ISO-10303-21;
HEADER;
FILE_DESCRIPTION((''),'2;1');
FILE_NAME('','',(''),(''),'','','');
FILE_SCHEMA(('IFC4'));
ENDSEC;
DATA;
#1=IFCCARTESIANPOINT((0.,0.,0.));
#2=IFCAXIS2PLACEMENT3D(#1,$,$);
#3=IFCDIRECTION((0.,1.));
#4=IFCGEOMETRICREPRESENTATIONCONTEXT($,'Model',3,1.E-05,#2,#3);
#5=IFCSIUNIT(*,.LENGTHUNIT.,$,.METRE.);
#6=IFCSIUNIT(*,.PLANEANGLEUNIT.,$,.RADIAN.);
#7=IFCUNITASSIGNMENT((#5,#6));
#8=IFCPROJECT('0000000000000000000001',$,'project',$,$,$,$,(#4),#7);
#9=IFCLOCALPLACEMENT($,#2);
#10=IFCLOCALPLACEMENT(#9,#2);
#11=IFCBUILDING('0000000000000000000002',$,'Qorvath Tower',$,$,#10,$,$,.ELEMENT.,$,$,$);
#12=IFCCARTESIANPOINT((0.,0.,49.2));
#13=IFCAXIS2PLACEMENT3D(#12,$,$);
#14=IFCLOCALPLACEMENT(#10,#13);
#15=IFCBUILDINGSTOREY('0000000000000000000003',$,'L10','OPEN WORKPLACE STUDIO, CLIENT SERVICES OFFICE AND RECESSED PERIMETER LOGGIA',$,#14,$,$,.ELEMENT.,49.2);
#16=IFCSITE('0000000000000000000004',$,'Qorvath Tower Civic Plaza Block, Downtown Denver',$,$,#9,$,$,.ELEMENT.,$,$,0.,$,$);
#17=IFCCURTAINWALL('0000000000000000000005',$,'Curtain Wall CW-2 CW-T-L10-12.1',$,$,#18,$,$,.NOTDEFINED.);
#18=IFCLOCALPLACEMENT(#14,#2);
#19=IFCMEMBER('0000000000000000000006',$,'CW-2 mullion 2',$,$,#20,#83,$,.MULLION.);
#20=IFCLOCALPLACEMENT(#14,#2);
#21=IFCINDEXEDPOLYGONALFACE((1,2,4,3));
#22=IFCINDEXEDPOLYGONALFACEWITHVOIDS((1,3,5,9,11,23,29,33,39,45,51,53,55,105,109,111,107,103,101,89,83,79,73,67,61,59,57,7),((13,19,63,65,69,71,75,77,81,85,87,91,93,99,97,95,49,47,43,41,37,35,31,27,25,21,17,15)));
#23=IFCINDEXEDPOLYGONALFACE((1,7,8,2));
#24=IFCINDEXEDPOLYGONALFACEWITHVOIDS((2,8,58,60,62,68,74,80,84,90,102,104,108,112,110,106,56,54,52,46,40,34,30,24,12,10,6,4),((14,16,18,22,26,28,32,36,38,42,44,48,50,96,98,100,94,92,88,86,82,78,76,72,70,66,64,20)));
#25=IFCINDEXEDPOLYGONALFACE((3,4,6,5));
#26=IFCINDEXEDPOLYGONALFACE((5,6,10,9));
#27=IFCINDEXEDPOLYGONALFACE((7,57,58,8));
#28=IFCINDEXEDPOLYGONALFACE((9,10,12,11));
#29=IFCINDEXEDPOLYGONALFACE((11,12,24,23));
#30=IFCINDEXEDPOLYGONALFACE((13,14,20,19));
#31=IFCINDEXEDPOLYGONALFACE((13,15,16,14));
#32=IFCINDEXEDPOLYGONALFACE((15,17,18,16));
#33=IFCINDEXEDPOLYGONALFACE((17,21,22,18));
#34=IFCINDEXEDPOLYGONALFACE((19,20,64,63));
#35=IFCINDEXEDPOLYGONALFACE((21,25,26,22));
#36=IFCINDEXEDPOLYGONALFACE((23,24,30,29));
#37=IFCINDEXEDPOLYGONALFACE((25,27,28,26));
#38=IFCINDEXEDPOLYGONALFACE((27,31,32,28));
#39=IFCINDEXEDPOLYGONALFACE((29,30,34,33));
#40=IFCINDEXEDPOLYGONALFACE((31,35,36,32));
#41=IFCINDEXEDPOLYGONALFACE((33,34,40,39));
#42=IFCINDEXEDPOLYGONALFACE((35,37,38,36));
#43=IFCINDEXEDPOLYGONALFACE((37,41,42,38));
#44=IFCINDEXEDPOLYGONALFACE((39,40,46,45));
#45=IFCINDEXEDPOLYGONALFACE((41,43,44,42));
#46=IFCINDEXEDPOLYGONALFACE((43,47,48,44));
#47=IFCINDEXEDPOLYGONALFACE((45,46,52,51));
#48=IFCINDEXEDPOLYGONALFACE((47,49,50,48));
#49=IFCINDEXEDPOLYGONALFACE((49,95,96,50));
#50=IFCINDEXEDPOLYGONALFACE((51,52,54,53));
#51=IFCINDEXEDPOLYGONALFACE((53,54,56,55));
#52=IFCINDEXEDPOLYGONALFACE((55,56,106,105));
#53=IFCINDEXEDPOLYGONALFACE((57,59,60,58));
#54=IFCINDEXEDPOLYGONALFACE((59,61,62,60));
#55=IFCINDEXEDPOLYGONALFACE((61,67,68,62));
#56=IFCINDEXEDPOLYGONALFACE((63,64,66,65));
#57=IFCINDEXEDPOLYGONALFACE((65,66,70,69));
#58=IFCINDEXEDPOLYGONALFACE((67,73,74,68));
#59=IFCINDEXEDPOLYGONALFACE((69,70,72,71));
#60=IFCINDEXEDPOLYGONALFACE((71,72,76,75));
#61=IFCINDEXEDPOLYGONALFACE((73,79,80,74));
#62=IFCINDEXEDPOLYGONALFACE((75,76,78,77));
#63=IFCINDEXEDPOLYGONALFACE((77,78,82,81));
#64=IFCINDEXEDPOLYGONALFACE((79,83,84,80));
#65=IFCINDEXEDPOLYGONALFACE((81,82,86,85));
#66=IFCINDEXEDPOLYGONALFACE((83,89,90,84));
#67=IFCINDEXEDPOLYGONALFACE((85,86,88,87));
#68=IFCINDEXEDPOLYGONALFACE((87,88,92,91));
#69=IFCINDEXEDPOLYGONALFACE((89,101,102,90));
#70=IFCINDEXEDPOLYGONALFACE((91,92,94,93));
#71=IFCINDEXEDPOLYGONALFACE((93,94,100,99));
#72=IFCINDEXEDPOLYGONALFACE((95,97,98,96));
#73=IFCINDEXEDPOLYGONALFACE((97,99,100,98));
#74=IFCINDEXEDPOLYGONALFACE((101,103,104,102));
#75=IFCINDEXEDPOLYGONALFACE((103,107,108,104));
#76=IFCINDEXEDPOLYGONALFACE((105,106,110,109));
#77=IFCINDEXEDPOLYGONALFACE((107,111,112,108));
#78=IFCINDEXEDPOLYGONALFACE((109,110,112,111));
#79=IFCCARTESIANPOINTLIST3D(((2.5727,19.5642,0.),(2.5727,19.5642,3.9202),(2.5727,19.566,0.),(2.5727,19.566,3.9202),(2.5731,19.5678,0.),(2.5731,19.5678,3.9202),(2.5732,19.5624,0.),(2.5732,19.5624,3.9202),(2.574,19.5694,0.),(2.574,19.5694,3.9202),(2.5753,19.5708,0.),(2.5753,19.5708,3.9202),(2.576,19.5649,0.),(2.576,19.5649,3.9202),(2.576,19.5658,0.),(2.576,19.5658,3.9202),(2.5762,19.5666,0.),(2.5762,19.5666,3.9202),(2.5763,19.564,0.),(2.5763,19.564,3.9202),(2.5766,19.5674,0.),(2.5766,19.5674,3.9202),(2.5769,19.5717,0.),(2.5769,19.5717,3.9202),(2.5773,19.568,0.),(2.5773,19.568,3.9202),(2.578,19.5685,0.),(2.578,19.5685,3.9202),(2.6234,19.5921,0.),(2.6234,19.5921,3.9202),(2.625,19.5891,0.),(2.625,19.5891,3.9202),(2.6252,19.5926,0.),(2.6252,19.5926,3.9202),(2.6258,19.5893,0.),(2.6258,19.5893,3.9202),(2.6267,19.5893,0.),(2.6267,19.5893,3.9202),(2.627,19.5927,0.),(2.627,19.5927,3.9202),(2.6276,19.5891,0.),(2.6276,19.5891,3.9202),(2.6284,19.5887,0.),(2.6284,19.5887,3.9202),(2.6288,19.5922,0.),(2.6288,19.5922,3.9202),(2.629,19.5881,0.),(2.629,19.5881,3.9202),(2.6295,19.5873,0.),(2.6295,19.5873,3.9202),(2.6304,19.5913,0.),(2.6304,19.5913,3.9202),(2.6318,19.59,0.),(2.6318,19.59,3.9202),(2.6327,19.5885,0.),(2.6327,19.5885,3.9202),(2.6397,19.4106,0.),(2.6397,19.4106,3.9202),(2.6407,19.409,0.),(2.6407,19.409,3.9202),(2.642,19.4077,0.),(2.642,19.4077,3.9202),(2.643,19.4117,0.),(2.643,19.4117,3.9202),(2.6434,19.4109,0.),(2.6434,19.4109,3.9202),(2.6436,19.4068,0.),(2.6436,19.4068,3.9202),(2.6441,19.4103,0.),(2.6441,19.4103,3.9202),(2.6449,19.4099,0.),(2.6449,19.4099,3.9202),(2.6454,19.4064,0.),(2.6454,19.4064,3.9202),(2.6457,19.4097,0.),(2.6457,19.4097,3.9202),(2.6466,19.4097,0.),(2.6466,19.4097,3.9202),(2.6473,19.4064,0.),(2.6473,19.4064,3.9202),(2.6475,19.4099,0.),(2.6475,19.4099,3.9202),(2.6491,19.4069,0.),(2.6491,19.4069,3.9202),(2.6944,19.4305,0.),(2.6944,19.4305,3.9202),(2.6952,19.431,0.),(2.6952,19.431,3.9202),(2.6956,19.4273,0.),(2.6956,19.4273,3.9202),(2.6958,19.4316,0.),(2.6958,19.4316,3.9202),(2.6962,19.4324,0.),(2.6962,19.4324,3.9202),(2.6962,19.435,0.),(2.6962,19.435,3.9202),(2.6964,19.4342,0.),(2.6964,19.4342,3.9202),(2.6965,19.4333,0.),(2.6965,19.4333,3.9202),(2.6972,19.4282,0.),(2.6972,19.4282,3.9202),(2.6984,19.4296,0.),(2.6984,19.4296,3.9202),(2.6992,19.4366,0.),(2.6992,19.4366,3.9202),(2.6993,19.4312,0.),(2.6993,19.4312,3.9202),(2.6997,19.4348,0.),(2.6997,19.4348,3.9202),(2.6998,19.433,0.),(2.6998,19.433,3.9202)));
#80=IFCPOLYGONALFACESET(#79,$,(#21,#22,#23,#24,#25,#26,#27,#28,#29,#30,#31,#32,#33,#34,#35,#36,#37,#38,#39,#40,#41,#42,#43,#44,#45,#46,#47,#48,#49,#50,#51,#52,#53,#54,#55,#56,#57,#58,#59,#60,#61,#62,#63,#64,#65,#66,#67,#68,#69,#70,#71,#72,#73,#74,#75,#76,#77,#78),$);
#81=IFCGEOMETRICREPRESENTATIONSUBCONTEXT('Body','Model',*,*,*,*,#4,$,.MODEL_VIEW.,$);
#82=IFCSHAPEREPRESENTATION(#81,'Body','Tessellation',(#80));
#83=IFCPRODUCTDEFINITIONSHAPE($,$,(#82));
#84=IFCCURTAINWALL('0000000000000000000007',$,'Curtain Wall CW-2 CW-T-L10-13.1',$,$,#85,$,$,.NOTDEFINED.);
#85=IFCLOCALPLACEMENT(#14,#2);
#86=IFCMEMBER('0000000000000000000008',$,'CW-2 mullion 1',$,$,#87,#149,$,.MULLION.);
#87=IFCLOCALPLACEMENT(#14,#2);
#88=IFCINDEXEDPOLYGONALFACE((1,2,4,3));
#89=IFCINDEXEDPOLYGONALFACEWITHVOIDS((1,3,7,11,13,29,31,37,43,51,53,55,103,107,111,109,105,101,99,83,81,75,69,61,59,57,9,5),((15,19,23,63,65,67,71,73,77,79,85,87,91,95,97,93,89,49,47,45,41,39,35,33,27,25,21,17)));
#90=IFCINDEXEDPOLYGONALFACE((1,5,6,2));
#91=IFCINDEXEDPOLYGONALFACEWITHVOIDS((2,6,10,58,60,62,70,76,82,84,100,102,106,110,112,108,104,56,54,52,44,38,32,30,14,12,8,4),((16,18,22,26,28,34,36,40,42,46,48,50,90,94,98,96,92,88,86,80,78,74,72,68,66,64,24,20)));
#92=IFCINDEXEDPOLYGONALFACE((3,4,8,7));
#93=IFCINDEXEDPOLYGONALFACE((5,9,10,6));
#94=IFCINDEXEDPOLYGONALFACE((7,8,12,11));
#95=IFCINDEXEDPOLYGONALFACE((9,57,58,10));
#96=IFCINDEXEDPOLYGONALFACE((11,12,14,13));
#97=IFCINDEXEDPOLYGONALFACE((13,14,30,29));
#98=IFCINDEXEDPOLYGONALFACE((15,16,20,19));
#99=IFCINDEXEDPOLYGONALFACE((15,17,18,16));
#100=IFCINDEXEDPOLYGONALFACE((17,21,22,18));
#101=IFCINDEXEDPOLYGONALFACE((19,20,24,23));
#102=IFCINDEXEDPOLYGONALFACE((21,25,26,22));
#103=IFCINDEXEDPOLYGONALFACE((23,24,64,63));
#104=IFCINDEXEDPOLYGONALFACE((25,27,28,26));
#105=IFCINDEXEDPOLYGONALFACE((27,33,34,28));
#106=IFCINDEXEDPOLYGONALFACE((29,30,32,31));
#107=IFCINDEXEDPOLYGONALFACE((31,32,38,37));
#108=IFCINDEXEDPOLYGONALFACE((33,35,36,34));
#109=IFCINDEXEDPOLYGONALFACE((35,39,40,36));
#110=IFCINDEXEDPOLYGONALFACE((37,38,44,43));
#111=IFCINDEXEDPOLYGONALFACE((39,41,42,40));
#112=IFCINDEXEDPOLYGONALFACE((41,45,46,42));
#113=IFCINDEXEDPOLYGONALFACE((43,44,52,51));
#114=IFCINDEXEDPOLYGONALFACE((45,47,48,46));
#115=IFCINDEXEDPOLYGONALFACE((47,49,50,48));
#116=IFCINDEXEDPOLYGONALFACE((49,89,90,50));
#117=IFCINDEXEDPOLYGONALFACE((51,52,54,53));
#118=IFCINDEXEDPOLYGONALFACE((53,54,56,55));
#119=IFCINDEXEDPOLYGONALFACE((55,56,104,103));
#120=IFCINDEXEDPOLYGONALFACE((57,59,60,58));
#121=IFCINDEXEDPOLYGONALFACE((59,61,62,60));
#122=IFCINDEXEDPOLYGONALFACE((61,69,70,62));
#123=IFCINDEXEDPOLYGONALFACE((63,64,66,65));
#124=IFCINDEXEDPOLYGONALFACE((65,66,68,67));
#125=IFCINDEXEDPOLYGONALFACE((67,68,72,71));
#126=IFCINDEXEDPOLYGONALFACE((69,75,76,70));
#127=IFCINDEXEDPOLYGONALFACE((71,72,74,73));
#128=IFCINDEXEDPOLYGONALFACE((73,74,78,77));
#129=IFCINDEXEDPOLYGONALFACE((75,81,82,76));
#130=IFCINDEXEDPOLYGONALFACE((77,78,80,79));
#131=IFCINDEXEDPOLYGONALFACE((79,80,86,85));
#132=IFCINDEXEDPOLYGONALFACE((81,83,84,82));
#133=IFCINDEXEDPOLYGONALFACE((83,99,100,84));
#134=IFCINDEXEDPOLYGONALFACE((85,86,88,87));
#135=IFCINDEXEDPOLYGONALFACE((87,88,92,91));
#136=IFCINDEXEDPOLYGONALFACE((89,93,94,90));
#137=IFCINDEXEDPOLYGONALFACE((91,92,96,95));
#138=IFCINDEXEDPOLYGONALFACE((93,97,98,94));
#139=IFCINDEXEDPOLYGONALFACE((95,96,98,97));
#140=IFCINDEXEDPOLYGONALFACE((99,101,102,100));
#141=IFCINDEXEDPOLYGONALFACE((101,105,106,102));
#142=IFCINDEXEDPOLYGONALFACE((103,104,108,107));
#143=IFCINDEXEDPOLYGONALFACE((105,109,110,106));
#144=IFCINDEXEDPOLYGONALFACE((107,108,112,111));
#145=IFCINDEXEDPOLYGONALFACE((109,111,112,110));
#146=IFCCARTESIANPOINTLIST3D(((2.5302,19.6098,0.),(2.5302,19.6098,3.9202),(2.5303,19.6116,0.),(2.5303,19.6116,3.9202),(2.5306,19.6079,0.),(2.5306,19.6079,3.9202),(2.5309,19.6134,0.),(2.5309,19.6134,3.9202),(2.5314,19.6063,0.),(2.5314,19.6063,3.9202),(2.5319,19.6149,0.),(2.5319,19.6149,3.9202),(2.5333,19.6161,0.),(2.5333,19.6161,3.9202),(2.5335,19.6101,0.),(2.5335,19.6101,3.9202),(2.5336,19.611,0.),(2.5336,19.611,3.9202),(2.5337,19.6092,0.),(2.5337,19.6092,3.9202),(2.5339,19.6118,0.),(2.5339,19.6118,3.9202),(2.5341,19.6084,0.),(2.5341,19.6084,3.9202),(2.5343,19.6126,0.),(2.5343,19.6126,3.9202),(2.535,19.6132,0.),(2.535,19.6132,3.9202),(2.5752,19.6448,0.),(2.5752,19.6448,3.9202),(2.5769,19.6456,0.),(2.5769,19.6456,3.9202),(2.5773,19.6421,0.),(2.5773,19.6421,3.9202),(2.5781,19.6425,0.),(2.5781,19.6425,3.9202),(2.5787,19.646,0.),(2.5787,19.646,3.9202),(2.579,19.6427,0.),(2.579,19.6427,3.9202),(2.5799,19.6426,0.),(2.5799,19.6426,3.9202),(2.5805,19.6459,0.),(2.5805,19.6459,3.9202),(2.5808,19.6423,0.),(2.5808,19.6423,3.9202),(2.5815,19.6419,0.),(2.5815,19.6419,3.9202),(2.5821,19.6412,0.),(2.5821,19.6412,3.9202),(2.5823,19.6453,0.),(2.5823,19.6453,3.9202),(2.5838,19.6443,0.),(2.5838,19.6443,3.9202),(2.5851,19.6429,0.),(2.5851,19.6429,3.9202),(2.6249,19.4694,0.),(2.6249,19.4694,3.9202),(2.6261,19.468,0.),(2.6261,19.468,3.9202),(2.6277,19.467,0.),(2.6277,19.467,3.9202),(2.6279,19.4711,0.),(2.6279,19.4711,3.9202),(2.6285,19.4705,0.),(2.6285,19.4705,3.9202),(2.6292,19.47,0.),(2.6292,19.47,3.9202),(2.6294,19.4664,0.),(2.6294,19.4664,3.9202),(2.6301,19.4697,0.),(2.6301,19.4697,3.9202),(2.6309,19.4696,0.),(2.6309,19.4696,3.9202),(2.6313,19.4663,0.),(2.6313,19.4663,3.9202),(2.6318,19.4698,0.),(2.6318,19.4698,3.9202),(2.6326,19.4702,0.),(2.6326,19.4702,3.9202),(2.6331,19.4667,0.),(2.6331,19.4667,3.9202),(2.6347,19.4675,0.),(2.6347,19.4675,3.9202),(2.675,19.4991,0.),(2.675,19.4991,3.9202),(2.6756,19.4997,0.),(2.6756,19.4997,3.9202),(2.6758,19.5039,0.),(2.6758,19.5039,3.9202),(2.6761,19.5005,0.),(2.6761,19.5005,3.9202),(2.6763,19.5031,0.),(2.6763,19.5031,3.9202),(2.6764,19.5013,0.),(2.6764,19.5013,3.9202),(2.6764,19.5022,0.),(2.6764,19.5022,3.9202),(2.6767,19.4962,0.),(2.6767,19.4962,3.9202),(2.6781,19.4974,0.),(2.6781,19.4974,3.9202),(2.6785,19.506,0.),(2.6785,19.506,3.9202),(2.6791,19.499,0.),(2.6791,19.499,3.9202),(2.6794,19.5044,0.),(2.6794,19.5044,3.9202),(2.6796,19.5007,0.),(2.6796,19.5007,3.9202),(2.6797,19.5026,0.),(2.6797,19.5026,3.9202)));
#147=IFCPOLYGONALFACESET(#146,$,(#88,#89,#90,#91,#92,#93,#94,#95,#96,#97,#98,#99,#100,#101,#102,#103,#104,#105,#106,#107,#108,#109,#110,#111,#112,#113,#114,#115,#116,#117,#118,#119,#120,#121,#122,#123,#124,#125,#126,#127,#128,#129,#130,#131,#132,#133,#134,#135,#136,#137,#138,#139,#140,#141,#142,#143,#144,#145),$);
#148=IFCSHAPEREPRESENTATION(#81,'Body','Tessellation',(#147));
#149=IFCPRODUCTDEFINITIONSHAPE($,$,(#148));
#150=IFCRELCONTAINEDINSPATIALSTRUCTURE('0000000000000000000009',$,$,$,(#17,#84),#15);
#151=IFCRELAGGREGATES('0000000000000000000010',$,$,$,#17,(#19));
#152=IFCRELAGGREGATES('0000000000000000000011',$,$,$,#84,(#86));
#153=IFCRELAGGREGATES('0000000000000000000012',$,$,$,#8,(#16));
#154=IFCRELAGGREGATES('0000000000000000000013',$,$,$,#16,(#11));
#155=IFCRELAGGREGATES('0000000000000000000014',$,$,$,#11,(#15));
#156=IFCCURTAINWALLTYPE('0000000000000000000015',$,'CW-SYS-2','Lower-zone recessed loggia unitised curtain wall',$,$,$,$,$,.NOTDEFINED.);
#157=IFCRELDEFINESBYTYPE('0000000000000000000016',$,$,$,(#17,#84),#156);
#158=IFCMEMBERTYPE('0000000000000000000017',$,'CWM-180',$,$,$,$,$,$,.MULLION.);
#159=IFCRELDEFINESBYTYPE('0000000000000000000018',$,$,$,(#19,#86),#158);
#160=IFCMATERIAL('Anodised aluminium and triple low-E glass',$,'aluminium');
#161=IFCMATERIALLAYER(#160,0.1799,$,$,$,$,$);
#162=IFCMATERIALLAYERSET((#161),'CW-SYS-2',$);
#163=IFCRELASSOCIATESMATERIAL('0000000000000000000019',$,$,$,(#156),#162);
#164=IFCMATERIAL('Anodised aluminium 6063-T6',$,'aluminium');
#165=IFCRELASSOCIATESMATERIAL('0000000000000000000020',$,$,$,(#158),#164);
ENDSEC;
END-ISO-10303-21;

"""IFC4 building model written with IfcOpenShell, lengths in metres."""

from ifc_helpers import new_model, si_unit, direction, frame, origin, origin_2d, place, context, subcontext, project, spatial, hollow_rectangle, extrude, material, layer, layer_set, material_profile, profile_set, type_object, element, aggregate, save


model = new_model("IFC4")

# Units and contexts
model_context = context("Model", 3, precision=1e-05, world=origin(), true_north=direction((0.0, 1.0)))
body_context = subcontext(model_context, "Body", "Model", "MODEL_VIEW")
ifc_project = project(units=[si_unit("LENGTHUNIT", "METRE"), si_unit("PLANEANGLEUNIT", "RADIAN")], contexts=[model_context])

# Site, building, storey
site_placement = place(None, origin())
site = spatial("IfcSite", under=ifc_project, at=site_placement, Name="Qorvath Tower Civic Plaza Block, Downtown Denver", CompositionType="ELEMENT", RefElevation=0.0)
building_placement = place(site_placement, origin())
building = spatial("IfcBuilding", under=site, at=building_placement, Name="Qorvath Tower", CompositionType="ELEMENT")
storey_placement = place(building_placement, frame((0.0, 0.0, 49.2)))
storey = spatial("IfcBuildingStorey", under=building, at=storey_placement, Name="L10", Description="OPEN WORKPLACE STUDIO, CLIENT SERVICES OFFICE AND RECESSED PERIMETER LOGGIA", CompositionType="ELEMENT", Elevation=49.2)

# Shared definitions
ifc_material_1 = material(Name="Anodised aluminium and triple low-E glass", Category="aluminium")
ifc_layer_1 = layer(ifc_material_1, 0.1799)
ifc_layer_set_1 = layer_set([ifc_layer_1], Name="CW-SYS-2")
curtain_wall_type = type_object("IfcCurtainWallType", Name="CW-SYS-2", Description="Lower-zone recessed loggia unitised curtain wall", PredefinedType="NOTDEFINED", material=ifc_layer_set_1)
ifc_material_2 = material(Name="Anodised aluminium 6063-T6", Category="aluminium")
ifc_material_profile_1 = material_profile(ifc_material_2, hollow_rectangle(XDim=0.0649, YDim=0.1799, WallThickness=0.0034, InnerFilletRadius=0.0034, OuterFilletRadius=0.0071, at=origin_2d()), Name="CWM 180x65")
ifc_profile_set_1 = profile_set([ifc_material_profile_1], Name="Anodised aluminium 6063-T6")
member_type_1 = type_object("IfcMemberType", Name="CWM-180", PredefinedType="MULLION", material=ifc_profile_set_1)

# Curtain walls, members
curtain_wall_1_placement = place(storey_placement, origin())
curtain_wall_1 = element("IfcCurtainWall", 1, at=curtain_wall_1_placement, inside=storey, type_object=curtain_wall_type, Name="Curtain Wall CW-2 CW-T-L10-12.1", PredefinedType="NOTDEFINED")
member_1_placement = place(storey_placement, frame((2.6362, 19.4995, 0.0), z_axis=(0.0, 0.0, 1.0), x_axis=(-0.916001, -0.401177, 0.0)))
member_1 = element("IfcMember", 2, at=member_1_placement, type_object=member_type_1, Name="CW-2 mullion 2", PredefinedType="MULLION", context=body_context, shape_type="SweptSolid", body=[
    extrude(hollow_rectangle(XDim=0.0649, YDim=0.1799, WallThickness=0.0034, InnerFilletRadius=0.0034, OuterFilletRadius=0.0071, at=origin_2d()), origin(), (0.0, 0.0, 1.0), 3.9202),
])
curtain_wall_2_placement = place(storey_placement, origin())
curtain_wall_2 = element("IfcCurtainWall", 3, at=curtain_wall_2_placement, inside=storey, type_object=curtain_wall_type, Name="Curtain Wall CW-2 CW-T-L10-13.1", PredefinedType="NOTDEFINED")
member_2_placement = place(storey_placement, frame((2.605, 19.5562, 0.0), z_axis=(0.0, 0.0, 1.0), x_axis=(-0.825849, -0.563891, 0.0)))
member_2 = element("IfcMember", 4, at=member_2_placement, type_object=member_type_1, Name="CW-2 mullion 1", PredefinedType="MULLION", context=body_context, shape_type="SweptSolid", body=[
    extrude(hollow_rectangle(XDim=0.0649, YDim=0.1799, WallThickness=0.0034, InnerFilletRadius=0.0034, OuterFilletRadius=0.0071, at=origin_2d()), origin(), (0.0, 0.0, 1.0), 3.9202),
])

aggregate(curtain_wall_1, [member_1])
aggregate(curtain_wall_2, [member_2])

save(model, "model.ifc")
